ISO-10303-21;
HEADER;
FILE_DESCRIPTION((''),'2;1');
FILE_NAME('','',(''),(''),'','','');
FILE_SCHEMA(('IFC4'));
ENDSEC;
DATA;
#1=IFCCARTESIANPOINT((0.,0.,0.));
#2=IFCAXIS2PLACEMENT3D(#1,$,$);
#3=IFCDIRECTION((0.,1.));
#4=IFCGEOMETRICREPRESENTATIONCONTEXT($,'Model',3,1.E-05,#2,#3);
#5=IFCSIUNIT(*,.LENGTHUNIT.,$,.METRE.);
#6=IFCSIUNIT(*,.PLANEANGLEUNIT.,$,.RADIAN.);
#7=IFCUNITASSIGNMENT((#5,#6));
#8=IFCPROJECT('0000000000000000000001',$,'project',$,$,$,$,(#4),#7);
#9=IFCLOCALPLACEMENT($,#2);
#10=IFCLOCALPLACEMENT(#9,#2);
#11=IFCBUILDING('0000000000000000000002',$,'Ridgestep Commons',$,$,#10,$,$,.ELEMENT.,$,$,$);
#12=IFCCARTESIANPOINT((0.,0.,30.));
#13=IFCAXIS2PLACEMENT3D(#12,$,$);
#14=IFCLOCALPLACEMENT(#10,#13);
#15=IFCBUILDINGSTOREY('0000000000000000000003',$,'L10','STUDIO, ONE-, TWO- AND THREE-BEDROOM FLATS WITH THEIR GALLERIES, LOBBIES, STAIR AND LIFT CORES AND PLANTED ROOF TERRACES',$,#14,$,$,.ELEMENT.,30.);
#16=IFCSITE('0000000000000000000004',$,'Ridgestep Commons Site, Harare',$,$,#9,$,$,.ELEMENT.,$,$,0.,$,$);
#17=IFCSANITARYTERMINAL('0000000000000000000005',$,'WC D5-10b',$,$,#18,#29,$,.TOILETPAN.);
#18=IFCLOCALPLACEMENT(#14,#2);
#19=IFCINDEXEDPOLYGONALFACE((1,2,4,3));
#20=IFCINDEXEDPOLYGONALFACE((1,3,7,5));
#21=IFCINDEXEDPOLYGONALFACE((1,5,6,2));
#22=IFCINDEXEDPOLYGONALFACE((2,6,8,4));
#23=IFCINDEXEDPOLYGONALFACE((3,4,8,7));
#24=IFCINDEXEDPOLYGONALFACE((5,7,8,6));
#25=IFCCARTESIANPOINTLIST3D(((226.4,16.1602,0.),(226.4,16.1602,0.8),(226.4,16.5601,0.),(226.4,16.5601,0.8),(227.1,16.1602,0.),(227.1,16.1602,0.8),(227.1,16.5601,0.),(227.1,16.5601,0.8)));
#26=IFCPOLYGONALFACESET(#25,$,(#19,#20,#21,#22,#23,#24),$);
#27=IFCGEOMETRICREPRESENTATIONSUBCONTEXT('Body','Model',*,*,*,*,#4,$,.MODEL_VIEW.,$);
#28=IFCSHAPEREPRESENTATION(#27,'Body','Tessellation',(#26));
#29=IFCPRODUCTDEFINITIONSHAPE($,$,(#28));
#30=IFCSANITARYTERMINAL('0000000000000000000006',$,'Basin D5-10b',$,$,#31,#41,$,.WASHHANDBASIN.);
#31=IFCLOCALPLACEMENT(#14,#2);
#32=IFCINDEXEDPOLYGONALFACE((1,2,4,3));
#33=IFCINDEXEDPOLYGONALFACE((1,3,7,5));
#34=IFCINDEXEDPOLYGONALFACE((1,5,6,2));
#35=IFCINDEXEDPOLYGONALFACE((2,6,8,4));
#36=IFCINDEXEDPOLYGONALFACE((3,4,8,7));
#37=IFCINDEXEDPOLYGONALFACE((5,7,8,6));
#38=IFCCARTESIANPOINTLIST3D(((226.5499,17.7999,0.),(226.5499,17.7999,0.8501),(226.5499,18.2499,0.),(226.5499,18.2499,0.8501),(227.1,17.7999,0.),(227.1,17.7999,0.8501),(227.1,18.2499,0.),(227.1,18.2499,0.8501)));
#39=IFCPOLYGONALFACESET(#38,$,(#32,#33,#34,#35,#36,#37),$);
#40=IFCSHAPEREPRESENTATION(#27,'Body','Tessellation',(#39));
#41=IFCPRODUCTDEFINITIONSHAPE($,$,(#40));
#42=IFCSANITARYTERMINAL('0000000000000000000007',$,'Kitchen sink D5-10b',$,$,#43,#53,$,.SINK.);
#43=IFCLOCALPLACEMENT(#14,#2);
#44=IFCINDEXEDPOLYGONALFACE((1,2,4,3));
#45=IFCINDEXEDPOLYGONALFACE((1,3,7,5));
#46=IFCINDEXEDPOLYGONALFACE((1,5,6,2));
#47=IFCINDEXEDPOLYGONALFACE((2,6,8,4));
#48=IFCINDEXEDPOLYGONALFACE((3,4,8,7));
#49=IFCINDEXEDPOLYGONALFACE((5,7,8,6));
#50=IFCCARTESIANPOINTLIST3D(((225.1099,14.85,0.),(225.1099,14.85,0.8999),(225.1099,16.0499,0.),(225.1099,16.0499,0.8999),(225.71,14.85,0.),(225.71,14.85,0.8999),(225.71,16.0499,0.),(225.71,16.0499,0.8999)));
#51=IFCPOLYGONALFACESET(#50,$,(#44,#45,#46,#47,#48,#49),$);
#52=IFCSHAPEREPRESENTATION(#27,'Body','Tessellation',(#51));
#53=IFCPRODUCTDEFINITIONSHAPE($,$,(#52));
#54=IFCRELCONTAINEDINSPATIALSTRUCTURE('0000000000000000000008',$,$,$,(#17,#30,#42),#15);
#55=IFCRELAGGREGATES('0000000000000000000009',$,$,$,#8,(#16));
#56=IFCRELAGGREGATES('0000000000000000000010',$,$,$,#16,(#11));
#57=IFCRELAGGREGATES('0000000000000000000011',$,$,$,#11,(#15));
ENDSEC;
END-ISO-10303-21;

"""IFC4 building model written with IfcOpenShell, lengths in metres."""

from ifc_helpers import new_model, si_unit, direction, frame, origin, origin_2d, place, context, subcontext, project, spatial, rectangle, extrude, element, save


model = new_model("IFC4")

# Units and contexts
model_context = context("Model", 3, precision=1e-05, world=origin(), true_north=direction((0.0, 1.0)))
body_context = subcontext(model_context, "Body", "Model", "MODEL_VIEW")
ifc_project = project(units=[si_unit("LENGTHUNIT", "METRE"), si_unit("PLANEANGLEUNIT", "RADIAN")], contexts=[model_context])

# Site, building, storey
site_placement = place(None, origin())
site = spatial("IfcSite", under=ifc_project, at=site_placement, Name="Ridgestep Commons Site, Harare", CompositionType="ELEMENT", RefElevation=0.0)
building_placement = place(site_placement, origin())
building = spatial("IfcBuilding", under=site, at=building_placement, Name="Ridgestep Commons", CompositionType="ELEMENT")
storey_placement = place(building_placement, frame((0.0, 0.0, 30.0)))
storey = spatial("IfcBuildingStorey", under=building, at=storey_placement, Name="L10", Description="STUDIO, ONE-, TWO- AND THREE-BEDROOM FLATS WITH THEIR GALLERIES, LOBBIES, STAIR AND LIFT CORES AND PLANTED ROOF TERRACES", CompositionType="ELEMENT", Elevation=30.0)

# Sanitary terminals
sanitary_terminal_1_placement = place(storey_placement, frame((226.75, 16.3601, 0.0), z_axis=(0.0, 0.0, 1.0), x_axis=(1.0, 0.0, 0.0)))
element("IfcSanitaryTerminal", 1, at=sanitary_terminal_1_placement, inside=storey, Name="WC D5-10b", PredefinedType="TOILETPAN", context=body_context, shape_type="SweptSolid", body=[
    extrude(rectangle(XDim=0.7, YDim=0.3999, at=origin_2d()), origin(), (0.0, 0.0, 1.0), 0.8),
])
sanitary_terminal_2_placement = place(storey_placement, frame((226.825, 18.0249, 0.0), z_axis=(0.0, 0.0, 1.0), x_axis=(1.0, 0.0, 0.0)))
element("IfcSanitaryTerminal", 2, at=sanitary_terminal_2_placement, inside=storey, Name="Basin D5-10b", PredefinedType="WASHHANDBASIN", context=body_context, shape_type="SweptSolid", body=[
    extrude(rectangle(XDim=0.55, YDim=0.45, at=origin_2d()), origin(), (0.0, 0.0, 1.0), 0.8501),
])
sanitary_terminal_3_placement = place(storey_placement, frame((225.4099, 15.45, 0.0), z_axis=(0.0, 0.0, 1.0), x_axis=(1.0, 0.0, 0.0)))
element("IfcSanitaryTerminal", 3, at=sanitary_terminal_3_placement, inside=storey, Name="Kitchen sink D5-10b", PredefinedType="SINK", context=body_context, shape_type="SweptSolid", body=[
    extrude(rectangle(XDim=0.6001, YDim=1.2, at=origin_2d()), origin(), (0.0, 0.0, 1.0), 0.8999),
])

save(model, "model.ifc")
